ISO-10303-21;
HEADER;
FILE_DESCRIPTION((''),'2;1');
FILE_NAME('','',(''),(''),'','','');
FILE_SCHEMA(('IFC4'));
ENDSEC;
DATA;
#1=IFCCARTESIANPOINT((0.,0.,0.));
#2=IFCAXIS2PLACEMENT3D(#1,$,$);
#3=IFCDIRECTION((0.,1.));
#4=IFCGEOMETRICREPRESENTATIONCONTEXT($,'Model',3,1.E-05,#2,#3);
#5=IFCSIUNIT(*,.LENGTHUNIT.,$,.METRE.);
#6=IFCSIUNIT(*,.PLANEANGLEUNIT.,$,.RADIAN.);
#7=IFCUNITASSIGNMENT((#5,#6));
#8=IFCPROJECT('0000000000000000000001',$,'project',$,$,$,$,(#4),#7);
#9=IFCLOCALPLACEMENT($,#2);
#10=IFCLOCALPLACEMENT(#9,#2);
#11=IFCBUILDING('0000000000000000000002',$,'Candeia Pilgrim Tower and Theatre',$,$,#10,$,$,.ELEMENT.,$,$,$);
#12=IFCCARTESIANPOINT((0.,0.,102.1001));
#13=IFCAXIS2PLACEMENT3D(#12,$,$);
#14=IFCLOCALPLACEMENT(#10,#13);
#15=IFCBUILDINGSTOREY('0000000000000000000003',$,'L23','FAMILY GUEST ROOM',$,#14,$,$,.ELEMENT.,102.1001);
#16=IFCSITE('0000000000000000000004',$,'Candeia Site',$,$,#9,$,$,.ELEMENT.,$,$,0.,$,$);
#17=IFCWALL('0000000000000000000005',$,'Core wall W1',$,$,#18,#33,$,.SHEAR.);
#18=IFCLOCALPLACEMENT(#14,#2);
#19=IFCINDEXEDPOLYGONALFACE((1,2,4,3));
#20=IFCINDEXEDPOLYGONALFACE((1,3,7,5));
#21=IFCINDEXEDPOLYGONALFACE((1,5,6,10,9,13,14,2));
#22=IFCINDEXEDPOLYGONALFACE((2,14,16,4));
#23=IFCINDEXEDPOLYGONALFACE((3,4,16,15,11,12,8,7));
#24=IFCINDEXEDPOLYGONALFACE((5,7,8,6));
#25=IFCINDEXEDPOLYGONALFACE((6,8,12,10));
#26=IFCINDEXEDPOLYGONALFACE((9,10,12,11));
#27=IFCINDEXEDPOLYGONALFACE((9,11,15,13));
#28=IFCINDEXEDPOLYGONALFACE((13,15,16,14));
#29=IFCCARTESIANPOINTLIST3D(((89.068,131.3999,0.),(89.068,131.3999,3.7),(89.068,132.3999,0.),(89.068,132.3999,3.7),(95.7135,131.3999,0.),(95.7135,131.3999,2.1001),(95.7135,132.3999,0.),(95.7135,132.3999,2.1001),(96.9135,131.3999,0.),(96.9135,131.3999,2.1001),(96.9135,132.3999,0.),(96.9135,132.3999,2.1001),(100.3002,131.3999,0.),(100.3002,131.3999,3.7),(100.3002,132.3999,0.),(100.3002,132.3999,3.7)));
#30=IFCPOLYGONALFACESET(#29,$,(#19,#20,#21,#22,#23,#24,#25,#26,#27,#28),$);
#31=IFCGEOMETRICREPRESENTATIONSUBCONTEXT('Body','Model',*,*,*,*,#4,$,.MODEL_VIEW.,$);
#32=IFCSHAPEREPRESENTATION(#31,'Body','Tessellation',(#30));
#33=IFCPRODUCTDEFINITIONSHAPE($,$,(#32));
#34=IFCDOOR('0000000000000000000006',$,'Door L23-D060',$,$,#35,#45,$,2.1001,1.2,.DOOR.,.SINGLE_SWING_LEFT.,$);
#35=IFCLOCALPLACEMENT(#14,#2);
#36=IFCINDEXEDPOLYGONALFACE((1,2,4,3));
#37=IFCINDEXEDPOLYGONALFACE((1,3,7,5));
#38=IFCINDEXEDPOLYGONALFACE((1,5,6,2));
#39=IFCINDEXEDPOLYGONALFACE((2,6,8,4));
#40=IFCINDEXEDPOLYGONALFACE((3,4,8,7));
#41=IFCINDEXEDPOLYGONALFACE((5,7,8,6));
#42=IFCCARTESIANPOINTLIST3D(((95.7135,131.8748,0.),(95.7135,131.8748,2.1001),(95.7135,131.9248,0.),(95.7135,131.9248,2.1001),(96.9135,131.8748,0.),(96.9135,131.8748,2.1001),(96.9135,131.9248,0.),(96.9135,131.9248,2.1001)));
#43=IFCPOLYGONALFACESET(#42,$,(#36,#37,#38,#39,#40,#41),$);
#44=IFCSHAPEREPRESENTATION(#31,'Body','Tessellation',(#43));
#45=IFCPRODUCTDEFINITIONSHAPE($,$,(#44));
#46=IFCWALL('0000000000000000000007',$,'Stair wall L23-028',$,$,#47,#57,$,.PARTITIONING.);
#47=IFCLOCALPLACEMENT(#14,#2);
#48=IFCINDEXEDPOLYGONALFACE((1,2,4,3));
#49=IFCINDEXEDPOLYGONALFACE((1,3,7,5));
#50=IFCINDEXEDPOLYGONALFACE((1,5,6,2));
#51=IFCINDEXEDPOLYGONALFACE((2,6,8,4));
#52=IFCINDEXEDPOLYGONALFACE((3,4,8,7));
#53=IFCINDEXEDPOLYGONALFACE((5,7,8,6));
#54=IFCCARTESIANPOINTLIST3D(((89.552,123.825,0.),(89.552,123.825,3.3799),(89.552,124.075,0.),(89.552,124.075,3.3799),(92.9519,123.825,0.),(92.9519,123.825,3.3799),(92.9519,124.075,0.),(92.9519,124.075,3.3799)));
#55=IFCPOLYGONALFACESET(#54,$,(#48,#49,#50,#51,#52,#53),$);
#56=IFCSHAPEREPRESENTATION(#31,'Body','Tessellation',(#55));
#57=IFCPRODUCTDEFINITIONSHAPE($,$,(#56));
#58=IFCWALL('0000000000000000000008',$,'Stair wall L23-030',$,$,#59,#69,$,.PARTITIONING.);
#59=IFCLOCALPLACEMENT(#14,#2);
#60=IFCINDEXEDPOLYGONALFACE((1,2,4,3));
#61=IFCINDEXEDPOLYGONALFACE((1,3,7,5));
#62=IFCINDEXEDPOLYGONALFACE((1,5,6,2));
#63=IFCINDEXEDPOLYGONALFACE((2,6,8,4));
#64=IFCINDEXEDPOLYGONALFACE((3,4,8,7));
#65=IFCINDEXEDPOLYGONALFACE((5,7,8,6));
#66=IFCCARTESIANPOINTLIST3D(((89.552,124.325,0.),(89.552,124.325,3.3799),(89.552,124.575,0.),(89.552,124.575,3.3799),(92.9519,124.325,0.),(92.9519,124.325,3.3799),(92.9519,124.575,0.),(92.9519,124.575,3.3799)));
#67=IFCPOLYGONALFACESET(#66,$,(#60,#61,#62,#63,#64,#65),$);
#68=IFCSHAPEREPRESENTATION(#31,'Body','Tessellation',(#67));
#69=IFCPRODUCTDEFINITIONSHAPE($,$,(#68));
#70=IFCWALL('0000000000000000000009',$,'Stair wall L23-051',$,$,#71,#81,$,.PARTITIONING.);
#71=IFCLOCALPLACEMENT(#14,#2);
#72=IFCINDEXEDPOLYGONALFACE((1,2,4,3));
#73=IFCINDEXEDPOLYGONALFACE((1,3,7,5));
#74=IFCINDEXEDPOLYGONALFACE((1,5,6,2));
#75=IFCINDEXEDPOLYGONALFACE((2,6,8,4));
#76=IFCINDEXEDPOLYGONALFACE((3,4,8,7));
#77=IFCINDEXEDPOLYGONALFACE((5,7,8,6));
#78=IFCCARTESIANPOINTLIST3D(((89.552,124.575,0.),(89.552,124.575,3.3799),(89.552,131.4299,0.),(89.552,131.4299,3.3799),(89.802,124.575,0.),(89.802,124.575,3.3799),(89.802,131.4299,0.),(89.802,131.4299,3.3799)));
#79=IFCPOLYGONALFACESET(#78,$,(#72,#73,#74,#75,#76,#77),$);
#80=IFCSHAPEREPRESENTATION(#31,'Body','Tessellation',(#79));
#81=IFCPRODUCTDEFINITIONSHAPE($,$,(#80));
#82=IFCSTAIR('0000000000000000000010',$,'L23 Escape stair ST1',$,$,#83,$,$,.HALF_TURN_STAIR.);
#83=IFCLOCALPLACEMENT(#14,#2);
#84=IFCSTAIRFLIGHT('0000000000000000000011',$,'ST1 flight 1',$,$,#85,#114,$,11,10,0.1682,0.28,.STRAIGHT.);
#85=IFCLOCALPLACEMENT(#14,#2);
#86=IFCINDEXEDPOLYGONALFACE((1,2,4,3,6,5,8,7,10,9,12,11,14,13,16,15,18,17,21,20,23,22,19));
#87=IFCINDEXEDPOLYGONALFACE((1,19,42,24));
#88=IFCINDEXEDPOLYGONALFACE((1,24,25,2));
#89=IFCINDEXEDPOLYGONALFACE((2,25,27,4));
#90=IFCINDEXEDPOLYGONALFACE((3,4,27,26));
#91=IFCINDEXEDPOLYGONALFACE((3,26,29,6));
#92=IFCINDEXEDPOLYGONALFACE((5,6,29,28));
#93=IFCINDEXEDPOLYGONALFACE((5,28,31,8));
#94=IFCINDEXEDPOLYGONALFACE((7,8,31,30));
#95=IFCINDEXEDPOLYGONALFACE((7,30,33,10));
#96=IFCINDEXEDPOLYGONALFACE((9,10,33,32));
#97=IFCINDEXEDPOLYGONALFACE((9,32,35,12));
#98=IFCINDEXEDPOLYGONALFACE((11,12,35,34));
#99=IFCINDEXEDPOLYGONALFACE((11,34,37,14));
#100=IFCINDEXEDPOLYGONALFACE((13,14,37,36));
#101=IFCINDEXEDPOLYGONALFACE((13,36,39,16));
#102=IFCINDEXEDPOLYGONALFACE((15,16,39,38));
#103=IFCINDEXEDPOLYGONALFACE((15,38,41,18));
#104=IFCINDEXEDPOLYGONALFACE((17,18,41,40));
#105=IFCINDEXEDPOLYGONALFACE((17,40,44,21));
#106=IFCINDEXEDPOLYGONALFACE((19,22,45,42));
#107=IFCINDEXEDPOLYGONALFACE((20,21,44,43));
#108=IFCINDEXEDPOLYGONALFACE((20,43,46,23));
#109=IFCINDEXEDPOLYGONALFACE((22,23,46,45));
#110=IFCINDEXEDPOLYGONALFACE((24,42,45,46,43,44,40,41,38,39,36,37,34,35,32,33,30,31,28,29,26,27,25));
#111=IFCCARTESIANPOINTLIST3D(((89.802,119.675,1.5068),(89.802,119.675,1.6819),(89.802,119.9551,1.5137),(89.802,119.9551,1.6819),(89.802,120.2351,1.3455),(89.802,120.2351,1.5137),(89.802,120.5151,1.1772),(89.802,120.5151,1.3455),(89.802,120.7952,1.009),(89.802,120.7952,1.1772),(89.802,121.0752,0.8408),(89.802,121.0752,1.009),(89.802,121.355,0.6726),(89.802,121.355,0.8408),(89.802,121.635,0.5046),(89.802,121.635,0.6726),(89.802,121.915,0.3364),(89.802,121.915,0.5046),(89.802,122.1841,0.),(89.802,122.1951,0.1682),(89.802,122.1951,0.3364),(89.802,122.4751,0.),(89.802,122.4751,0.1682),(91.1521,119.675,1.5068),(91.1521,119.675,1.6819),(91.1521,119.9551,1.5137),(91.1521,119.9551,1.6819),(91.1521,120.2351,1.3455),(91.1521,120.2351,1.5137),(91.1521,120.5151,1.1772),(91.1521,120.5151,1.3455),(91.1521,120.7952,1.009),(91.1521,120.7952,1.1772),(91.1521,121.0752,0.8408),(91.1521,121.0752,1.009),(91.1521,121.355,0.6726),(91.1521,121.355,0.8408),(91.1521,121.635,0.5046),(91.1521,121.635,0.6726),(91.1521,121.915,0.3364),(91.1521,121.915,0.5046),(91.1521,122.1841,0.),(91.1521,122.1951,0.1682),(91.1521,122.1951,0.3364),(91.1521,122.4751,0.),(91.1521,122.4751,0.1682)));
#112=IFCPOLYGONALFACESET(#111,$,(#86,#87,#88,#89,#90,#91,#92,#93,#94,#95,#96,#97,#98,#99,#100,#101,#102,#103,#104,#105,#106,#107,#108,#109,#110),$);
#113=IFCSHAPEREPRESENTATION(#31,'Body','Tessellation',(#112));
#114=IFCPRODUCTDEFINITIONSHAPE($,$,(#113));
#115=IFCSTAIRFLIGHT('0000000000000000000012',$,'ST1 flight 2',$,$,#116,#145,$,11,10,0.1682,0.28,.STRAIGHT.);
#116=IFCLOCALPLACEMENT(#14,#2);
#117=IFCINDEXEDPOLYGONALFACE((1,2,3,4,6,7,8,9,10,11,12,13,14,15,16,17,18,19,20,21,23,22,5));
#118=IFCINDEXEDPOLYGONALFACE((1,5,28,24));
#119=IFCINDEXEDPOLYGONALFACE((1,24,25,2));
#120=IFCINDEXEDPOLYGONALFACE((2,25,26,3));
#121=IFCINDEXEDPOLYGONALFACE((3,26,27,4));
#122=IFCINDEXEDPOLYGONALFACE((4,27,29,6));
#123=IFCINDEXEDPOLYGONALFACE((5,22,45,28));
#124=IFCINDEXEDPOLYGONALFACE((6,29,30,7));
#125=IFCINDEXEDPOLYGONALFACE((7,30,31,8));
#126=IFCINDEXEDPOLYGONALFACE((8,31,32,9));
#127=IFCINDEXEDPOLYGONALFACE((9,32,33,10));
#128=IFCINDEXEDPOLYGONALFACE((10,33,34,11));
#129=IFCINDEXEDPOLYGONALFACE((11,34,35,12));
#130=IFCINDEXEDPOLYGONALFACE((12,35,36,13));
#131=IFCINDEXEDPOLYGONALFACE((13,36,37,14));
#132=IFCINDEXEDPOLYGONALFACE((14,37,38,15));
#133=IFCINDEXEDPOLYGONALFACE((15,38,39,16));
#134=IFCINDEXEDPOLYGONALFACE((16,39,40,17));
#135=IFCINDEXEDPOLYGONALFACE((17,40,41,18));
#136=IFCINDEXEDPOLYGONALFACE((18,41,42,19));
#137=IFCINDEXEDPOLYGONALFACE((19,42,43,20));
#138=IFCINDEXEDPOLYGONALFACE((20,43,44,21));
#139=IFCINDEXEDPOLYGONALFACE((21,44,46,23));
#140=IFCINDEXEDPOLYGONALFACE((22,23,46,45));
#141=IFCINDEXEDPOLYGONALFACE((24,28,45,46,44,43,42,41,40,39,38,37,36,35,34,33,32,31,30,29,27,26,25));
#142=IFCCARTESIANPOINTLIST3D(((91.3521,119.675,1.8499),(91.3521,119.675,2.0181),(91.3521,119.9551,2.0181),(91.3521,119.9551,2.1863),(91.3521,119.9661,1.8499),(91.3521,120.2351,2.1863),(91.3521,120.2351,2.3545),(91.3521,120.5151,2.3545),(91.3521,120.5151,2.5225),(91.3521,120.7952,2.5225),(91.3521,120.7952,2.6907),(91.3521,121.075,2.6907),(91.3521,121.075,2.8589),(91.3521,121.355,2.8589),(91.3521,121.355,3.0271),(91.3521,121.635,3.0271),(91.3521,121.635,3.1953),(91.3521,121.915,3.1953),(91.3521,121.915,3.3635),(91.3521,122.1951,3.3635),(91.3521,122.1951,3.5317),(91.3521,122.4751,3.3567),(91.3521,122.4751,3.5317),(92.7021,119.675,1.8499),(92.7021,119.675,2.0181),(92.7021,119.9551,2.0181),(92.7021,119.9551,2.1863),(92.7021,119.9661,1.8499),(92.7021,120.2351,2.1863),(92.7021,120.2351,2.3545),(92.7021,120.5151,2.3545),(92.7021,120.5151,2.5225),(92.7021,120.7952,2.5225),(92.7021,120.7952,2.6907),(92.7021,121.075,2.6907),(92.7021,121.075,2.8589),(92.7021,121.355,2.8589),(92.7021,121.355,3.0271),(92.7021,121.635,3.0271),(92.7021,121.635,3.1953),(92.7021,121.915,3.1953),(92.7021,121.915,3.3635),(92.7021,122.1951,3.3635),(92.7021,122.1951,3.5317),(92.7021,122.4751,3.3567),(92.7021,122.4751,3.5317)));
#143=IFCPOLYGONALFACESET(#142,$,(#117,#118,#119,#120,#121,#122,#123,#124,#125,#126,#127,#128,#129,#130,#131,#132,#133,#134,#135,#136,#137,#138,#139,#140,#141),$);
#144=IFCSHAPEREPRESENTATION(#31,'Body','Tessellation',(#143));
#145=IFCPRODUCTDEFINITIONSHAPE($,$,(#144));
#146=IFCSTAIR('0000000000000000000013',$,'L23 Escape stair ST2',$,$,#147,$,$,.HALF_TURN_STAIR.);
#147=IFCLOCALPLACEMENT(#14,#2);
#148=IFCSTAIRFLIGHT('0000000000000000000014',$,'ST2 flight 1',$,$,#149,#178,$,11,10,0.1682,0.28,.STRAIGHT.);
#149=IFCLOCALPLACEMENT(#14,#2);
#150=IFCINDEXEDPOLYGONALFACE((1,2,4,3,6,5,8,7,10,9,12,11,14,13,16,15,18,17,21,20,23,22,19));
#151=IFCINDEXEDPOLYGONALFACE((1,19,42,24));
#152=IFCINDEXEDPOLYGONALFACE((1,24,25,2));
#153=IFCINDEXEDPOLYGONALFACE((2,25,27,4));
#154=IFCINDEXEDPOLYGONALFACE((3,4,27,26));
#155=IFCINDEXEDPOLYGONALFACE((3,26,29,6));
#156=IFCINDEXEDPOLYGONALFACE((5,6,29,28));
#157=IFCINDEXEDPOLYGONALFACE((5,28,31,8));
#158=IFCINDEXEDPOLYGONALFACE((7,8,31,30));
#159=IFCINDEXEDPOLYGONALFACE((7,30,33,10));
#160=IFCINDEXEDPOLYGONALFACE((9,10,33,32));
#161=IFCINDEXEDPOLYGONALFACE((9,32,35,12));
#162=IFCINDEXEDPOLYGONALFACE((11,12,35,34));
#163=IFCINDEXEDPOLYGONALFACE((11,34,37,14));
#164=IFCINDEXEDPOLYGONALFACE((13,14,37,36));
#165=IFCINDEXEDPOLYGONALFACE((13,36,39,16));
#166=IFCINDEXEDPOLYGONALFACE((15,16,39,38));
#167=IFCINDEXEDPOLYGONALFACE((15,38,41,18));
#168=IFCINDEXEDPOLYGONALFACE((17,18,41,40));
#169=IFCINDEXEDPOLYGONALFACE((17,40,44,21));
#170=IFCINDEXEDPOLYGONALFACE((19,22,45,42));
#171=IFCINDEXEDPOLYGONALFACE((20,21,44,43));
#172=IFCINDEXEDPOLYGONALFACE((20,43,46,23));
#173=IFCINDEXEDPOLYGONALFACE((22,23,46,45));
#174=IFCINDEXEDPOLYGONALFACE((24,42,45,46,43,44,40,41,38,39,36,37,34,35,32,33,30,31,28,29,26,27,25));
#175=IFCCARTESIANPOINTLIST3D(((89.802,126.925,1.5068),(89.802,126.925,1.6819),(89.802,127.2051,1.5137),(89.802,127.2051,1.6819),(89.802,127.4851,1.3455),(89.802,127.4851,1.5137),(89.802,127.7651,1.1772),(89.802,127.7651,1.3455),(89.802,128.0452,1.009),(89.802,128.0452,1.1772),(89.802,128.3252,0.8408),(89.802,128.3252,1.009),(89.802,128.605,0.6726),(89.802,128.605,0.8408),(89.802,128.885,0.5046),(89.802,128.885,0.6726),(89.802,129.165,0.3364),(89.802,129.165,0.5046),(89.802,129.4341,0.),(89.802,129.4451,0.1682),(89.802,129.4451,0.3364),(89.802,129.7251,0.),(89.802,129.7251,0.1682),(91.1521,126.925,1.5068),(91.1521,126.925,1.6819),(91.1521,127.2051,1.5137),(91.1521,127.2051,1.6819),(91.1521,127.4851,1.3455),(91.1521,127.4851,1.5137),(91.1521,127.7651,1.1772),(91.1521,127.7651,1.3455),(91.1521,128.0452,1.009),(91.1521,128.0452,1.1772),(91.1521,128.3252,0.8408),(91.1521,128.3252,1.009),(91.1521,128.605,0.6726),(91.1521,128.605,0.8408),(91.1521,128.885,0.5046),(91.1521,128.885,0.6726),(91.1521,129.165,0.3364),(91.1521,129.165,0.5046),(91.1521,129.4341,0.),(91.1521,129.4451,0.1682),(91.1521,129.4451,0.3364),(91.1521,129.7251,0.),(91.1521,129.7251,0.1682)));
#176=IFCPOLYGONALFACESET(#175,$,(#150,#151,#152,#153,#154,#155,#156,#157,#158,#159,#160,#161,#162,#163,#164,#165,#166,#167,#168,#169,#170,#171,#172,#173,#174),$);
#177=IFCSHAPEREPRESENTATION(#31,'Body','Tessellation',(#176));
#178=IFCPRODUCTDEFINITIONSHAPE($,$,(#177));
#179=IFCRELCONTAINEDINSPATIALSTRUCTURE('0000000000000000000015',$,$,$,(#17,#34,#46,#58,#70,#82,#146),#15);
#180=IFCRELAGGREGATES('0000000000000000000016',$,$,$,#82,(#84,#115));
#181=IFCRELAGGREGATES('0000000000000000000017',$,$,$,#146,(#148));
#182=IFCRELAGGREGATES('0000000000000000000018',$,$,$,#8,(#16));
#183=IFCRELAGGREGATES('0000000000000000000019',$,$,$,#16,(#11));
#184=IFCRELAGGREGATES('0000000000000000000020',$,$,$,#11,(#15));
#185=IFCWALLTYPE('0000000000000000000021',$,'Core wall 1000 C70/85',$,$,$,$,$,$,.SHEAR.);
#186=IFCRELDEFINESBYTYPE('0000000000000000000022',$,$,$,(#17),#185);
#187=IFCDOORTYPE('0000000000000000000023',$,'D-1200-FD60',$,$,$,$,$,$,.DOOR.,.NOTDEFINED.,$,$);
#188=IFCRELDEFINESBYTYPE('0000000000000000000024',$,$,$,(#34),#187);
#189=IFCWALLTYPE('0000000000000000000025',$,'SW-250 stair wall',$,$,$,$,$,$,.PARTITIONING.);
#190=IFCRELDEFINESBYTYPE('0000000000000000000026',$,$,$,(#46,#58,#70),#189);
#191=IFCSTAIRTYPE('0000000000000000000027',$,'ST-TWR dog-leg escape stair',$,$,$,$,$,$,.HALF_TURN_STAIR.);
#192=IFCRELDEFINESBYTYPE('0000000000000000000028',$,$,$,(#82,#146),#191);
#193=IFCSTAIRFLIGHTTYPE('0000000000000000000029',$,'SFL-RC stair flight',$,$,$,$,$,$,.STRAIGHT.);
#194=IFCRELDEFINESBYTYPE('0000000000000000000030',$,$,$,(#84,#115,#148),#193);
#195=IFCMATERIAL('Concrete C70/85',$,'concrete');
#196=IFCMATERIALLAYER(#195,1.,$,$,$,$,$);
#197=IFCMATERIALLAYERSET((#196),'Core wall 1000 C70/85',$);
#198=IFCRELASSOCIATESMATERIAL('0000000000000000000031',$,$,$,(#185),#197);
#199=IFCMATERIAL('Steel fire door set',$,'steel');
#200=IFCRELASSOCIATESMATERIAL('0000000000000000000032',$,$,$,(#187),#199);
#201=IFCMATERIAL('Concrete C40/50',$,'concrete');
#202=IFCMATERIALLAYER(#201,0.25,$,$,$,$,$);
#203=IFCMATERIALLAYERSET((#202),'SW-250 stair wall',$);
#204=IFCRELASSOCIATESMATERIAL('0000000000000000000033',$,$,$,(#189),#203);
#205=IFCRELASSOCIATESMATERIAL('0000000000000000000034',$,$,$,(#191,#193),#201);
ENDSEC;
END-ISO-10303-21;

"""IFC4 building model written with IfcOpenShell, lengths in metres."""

from ifc_helpers import new_model, si_unit, direction, frame, frame_2d, origin, place, context, subcontext, project, spatial, polyline, rectangle, outline, extrude, material, layer, layer_set, type_object, element, fill, aggregate, save


model = new_model("IFC4")

# Units and contexts
model_context = context("Model", 3, precision=1e-05, world=origin(), true_north=direction((0.0, 1.0)))
body_context = subcontext(model_context, "Body", "Model", "MODEL_VIEW")
ifc_project = project(units=[si_unit("LENGTHUNIT", "METRE"), si_unit("PLANEANGLEUNIT", "RADIAN")], contexts=[model_context])

# Site, building, storey
site_placement = place(None, origin())
site = spatial("IfcSite", under=ifc_project, at=site_placement, Name="Candeia Site", CompositionType="ELEMENT", RefElevation=0.0)
building_placement = place(site_placement, origin())
building = spatial("IfcBuilding", under=site, at=building_placement, Name="Candeia Pilgrim Tower and Theatre", CompositionType="ELEMENT")
storey_placement = place(building_placement, frame((0.0, 0.0, 102.1001)))
storey = spatial("IfcBuildingStorey", under=building, at=storey_placement, Name="L23", Description="FAMILY GUEST ROOM", CompositionType="ELEMENT", Elevation=102.1001)

# Wall, opening, door
ifc_material_1 = material(Name="Concrete C70/85", Category="concrete")
ifc_layer_1 = layer(ifc_material_1, 1.0)
ifc_layer_set_1 = layer_set([ifc_layer_1], Name="Core wall 1000 C70/85")
wall_type_1 = type_object("IfcWallType", Name="Core wall 1000 C70/85", PredefinedType="SHEAR", material=ifc_layer_set_1)
wall_1_placement = place(storey_placement, frame((89.0679, 131.8999, 0.0), z_axis=(0.0, 0.0, 1.0), x_axis=(1.0, 0.0, 0.0)))
wall_1 = element("IfcWall", 1, at=wall_1_placement, inside=storey, type_object=wall_type_1, Name="Core wall W1", PredefinedType="SHEAR", context=body_context, shape_type="SweptSolid", body=[
    extrude(rectangle(XDim=11.2322, YDim=1.0, at=frame_2d((5.6162, 0.0))), origin(), (0.0, 0.0, 1.0), 3.7),
])
opening_placement = place(wall_1_placement, frame((6.6455, 0.0, 0.0)))
opening = element("IfcOpeningElement", 2, at=opening_placement, cuts=wall_1, PredefinedType="OPENING", context=body_context, shape_type="SweptSolid", body=[
    extrude(rectangle(XDim=1.2, YDim=2.1001, at=frame_2d((0.6001, 1.05))), frame((0.0, 0.51, 0.0), z_axis=(0.0, -1.0, 0.0), x_axis=(1.0, 0.0, 0.0)), (0.0, 0.0, 1.0), 1.02),
])
ifc_material_2 = material(Name="Steel fire door set", Category="steel")
door_type = type_object("IfcDoorType", Name="D-1200-FD60", OperationType="NOTDEFINED", PredefinedType="DOOR", material=ifc_material_2)
door_placement = place(opening_placement, origin())
door = element("IfcDoor", 3, at=door_placement, inside=storey, type_object=door_type, Name="Door L23-D060", OperationType="SINGLE_SWING_LEFT", OverallHeight=2.1001, OverallWidth=1.2, PredefinedType="DOOR", context=body_context, shape_type="SweptSolid", body=[
    extrude(rectangle(XDim=1.2, YDim=2.1001, at=frame_2d((0.6001, 1.05))), frame((0.0, 0.0249, 0.0), z_axis=(0.0, -1.0, 0.0), x_axis=(1.0, 0.0, 0.0)), (0.0, 0.0, 1.0), 0.05),
])
fill(opening, door)

# Walls
ifc_material_3 = material(Name="Concrete C40/50", Category="concrete")
ifc_layer_2 = layer(ifc_material_3, 0.25)
ifc_layer_set_2 = layer_set([ifc_layer_2], Name="SW-250 stair wall")
wall_type_2 = type_object("IfcWallType", Name="SW-250 stair wall", PredefinedType="PARTITIONING", material=ifc_layer_set_2)
for number, where, z_axis, x_axis, name in (
    (4, (89.552, 123.95, 0.0), (0.0, 0.0, 1.0), (1.0, 0.0, 0.0), "Stair wall L23-028"),
    (5, (89.552, 124.45, 0.0), (0.0, 0.0, 1.0), (1.0, 0.0, 0.0), "Stair wall L23-030"),
):
    element("IfcWall", number, at=place(storey_placement, frame(where, z_axis=z_axis, x_axis=x_axis)), inside=storey, type_object=wall_type_2, Name=name, PredefinedType="PARTITIONING", context=body_context, shape_type="SweptSolid", body=[
        extrude(rectangle(XDim=3.3999, YDim=0.25, at=frame_2d((1.7, 0.0))), origin(), (0.0, 0.0, 1.0), 3.3799),
    ])
wall_2_placement = place(storey_placement, frame((89.677, 124.575, 0.0), z_axis=(0.0, 0.0, 1.0), x_axis=(0.0, 1.0, 0.0)))
element("IfcWall", 6, at=wall_2_placement, inside=storey, type_object=wall_type_2, Name="Stair wall L23-051", PredefinedType="PARTITIONING", context=body_context, shape_type="SweptSolid", body=[
    extrude(rectangle(XDim=6.855, YDim=0.25, at=frame_2d((3.4275, 0.0))), origin(), (0.0, 0.0, 1.0), 3.3799),
])

# Stairs, stair flights
stair_type = type_object("IfcStairType", Name="ST-TWR dog-leg escape stair", PredefinedType="HALF_TURN_STAIR", material=ifc_material_3)
stair_1_placement = place(storey_placement, origin())
stair_1 = element("IfcStair", 7, at=stair_1_placement, inside=storey, type_object=stair_type, Name="L23 Escape stair ST1", PredefinedType="HALF_TURN_STAIR")
stair_flight_type = type_object("IfcStairFlightType", Name="SFL-RC stair flight", PredefinedType="STRAIGHT", material=ifc_material_3)
stair_flight_1_placement = place(storey_placement, frame((90.4771, 122.4751, 0.0), z_axis=(0.0, 0.0, 1.0), x_axis=(0.0, -1.0, 0.0)))
stair_flight_1 = element("IfcStairFlight", 8, at=stair_flight_1_placement, type_object=stair_flight_type, Name="ST1 flight 1", NumberOfRisers=11, NumberOfTreads=10, PredefinedType="STRAIGHT", RiserHeight=0.1682, TreadLength=0.28, context=body_context, shape_type="SweptSolid", body=[
    extrude(outline(polyline([(0.0, 0.0), (0.0, 0.1682), (0.28, 0.1682), (0.28, 0.3364), (0.5601, 0.3364), (0.5601, 0.5046), (0.8401, 0.5046), (0.8401, 0.6726), (1.1201, 0.6726), (1.1201, 0.8408), (1.3999, 0.8408), (1.3999, 1.009), (1.6799, 1.009), (1.6799, 1.1772), (1.96, 1.1772), (1.96, 1.3455), (2.24, 1.3455), (2.24, 1.5137), (2.52, 1.5137), (2.52, 1.6819), (2.8, 1.6819), (2.8, 1.8501), (2.8, 1.5068), (0.291, 0.0), (0.0, 0.0)])), frame((0.0, 0.675, 0.0), z_axis=(0.0, -1.0, 0.0), x_axis=(1.0, 0.0, 0.0)), (0.0, 0.0, 1.0), 1.3501),
])
stair_flight_2_placement = place(storey_placement, frame((92.0271, 119.675, 1.8499), z_axis=(0.0, 0.0, 1.0), x_axis=(0.0, 1.0, 0.0)))
stair_flight_2 = element("IfcStairFlight", 9, at=stair_flight_2_placement, type_object=stair_flight_type, Name="ST1 flight 2", NumberOfRisers=11, NumberOfTreads=10, PredefinedType="STRAIGHT", RiserHeight=0.1682, TreadLength=0.28, context=body_context, shape_type="SweptSolid", body=[
    extrude(outline(polyline([(0.0, 0.0), (0.0, 0.1682), (0.28, 0.1682), (0.28, 0.3364), (0.5601, 0.3364), (0.5601, 0.5046), (0.8401, 0.5046), (0.8401, 0.6726), (1.1201, 0.6726), (1.1201, 0.8408), (1.3999, 0.8408), (1.3999, 1.009), (1.6799, 1.009), (1.6799, 1.1772), (1.96, 1.1772), (1.96, 1.3455), (2.24, 1.3455), (2.24, 1.5137), (2.52, 1.5137), (2.52, 1.6819), (2.8, 1.6819), (2.8, 1.8501), (2.8, 1.5068), (0.291, 0.0), (0.0, 0.0)])), frame((0.0, 0.675, 0.0), z_axis=(0.0, -1.0, 0.0), x_axis=(1.0, 0.0, 0.0)), (0.0, 0.0, 1.0), 1.3501),
])
aggregate(stair_1, [stair_flight_1, stair_flight_2])
stair_2_placement = place(storey_placement, origin())
stair_2 = element("IfcStair", 10, at=stair_2_placement, inside=storey, type_object=stair_type, Name="L23 Escape stair ST2", PredefinedType="HALF_TURN_STAIR")
stair_flight_3_placement = place(storey_placement, frame((90.4771, 129.7251, 0.0), z_axis=(0.0, 0.0, 1.0), x_axis=(0.0, -1.0, 0.0)))
stair_flight_3 = element("IfcStairFlight", 11, at=stair_flight_3_placement, type_object=stair_flight_type, Name="ST2 flight 1", NumberOfRisers=11, NumberOfTreads=10, PredefinedType="STRAIGHT", RiserHeight=0.1682, TreadLength=0.28, context=body_context, shape_type="SweptSolid", body=[
    extrude(outline(polyline([(0.0, 0.0), (0.0, 0.1682), (0.28, 0.1682), (0.28, 0.3364), (0.5601, 0.3364), (0.5601, 0.5046), (0.8401, 0.5046), (0.8401, 0.6726), (1.1201, 0.6726), (1.1201, 0.8408), (1.3999, 0.8408), (1.3999, 1.009), (1.6799, 1.009), (1.6799, 1.1772), (1.96, 1.1772), (1.96, 1.3455), (2.24, 1.3455), (2.24, 1.5137), (2.52, 1.5137), (2.52, 1.6819), (2.8, 1.6819), (2.8, 1.8501), (2.8, 1.5068), (0.291, 0.0), (0.0, 0.0)])), frame((0.0, 0.675, 0.0), z_axis=(0.0, -1.0, 0.0), x_axis=(1.0, 0.0, 0.0)), (0.0, 0.0, 1.0), 1.3501),
])
aggregate(stair_2, [stair_flight_3])

save(model, "model.ifc")
